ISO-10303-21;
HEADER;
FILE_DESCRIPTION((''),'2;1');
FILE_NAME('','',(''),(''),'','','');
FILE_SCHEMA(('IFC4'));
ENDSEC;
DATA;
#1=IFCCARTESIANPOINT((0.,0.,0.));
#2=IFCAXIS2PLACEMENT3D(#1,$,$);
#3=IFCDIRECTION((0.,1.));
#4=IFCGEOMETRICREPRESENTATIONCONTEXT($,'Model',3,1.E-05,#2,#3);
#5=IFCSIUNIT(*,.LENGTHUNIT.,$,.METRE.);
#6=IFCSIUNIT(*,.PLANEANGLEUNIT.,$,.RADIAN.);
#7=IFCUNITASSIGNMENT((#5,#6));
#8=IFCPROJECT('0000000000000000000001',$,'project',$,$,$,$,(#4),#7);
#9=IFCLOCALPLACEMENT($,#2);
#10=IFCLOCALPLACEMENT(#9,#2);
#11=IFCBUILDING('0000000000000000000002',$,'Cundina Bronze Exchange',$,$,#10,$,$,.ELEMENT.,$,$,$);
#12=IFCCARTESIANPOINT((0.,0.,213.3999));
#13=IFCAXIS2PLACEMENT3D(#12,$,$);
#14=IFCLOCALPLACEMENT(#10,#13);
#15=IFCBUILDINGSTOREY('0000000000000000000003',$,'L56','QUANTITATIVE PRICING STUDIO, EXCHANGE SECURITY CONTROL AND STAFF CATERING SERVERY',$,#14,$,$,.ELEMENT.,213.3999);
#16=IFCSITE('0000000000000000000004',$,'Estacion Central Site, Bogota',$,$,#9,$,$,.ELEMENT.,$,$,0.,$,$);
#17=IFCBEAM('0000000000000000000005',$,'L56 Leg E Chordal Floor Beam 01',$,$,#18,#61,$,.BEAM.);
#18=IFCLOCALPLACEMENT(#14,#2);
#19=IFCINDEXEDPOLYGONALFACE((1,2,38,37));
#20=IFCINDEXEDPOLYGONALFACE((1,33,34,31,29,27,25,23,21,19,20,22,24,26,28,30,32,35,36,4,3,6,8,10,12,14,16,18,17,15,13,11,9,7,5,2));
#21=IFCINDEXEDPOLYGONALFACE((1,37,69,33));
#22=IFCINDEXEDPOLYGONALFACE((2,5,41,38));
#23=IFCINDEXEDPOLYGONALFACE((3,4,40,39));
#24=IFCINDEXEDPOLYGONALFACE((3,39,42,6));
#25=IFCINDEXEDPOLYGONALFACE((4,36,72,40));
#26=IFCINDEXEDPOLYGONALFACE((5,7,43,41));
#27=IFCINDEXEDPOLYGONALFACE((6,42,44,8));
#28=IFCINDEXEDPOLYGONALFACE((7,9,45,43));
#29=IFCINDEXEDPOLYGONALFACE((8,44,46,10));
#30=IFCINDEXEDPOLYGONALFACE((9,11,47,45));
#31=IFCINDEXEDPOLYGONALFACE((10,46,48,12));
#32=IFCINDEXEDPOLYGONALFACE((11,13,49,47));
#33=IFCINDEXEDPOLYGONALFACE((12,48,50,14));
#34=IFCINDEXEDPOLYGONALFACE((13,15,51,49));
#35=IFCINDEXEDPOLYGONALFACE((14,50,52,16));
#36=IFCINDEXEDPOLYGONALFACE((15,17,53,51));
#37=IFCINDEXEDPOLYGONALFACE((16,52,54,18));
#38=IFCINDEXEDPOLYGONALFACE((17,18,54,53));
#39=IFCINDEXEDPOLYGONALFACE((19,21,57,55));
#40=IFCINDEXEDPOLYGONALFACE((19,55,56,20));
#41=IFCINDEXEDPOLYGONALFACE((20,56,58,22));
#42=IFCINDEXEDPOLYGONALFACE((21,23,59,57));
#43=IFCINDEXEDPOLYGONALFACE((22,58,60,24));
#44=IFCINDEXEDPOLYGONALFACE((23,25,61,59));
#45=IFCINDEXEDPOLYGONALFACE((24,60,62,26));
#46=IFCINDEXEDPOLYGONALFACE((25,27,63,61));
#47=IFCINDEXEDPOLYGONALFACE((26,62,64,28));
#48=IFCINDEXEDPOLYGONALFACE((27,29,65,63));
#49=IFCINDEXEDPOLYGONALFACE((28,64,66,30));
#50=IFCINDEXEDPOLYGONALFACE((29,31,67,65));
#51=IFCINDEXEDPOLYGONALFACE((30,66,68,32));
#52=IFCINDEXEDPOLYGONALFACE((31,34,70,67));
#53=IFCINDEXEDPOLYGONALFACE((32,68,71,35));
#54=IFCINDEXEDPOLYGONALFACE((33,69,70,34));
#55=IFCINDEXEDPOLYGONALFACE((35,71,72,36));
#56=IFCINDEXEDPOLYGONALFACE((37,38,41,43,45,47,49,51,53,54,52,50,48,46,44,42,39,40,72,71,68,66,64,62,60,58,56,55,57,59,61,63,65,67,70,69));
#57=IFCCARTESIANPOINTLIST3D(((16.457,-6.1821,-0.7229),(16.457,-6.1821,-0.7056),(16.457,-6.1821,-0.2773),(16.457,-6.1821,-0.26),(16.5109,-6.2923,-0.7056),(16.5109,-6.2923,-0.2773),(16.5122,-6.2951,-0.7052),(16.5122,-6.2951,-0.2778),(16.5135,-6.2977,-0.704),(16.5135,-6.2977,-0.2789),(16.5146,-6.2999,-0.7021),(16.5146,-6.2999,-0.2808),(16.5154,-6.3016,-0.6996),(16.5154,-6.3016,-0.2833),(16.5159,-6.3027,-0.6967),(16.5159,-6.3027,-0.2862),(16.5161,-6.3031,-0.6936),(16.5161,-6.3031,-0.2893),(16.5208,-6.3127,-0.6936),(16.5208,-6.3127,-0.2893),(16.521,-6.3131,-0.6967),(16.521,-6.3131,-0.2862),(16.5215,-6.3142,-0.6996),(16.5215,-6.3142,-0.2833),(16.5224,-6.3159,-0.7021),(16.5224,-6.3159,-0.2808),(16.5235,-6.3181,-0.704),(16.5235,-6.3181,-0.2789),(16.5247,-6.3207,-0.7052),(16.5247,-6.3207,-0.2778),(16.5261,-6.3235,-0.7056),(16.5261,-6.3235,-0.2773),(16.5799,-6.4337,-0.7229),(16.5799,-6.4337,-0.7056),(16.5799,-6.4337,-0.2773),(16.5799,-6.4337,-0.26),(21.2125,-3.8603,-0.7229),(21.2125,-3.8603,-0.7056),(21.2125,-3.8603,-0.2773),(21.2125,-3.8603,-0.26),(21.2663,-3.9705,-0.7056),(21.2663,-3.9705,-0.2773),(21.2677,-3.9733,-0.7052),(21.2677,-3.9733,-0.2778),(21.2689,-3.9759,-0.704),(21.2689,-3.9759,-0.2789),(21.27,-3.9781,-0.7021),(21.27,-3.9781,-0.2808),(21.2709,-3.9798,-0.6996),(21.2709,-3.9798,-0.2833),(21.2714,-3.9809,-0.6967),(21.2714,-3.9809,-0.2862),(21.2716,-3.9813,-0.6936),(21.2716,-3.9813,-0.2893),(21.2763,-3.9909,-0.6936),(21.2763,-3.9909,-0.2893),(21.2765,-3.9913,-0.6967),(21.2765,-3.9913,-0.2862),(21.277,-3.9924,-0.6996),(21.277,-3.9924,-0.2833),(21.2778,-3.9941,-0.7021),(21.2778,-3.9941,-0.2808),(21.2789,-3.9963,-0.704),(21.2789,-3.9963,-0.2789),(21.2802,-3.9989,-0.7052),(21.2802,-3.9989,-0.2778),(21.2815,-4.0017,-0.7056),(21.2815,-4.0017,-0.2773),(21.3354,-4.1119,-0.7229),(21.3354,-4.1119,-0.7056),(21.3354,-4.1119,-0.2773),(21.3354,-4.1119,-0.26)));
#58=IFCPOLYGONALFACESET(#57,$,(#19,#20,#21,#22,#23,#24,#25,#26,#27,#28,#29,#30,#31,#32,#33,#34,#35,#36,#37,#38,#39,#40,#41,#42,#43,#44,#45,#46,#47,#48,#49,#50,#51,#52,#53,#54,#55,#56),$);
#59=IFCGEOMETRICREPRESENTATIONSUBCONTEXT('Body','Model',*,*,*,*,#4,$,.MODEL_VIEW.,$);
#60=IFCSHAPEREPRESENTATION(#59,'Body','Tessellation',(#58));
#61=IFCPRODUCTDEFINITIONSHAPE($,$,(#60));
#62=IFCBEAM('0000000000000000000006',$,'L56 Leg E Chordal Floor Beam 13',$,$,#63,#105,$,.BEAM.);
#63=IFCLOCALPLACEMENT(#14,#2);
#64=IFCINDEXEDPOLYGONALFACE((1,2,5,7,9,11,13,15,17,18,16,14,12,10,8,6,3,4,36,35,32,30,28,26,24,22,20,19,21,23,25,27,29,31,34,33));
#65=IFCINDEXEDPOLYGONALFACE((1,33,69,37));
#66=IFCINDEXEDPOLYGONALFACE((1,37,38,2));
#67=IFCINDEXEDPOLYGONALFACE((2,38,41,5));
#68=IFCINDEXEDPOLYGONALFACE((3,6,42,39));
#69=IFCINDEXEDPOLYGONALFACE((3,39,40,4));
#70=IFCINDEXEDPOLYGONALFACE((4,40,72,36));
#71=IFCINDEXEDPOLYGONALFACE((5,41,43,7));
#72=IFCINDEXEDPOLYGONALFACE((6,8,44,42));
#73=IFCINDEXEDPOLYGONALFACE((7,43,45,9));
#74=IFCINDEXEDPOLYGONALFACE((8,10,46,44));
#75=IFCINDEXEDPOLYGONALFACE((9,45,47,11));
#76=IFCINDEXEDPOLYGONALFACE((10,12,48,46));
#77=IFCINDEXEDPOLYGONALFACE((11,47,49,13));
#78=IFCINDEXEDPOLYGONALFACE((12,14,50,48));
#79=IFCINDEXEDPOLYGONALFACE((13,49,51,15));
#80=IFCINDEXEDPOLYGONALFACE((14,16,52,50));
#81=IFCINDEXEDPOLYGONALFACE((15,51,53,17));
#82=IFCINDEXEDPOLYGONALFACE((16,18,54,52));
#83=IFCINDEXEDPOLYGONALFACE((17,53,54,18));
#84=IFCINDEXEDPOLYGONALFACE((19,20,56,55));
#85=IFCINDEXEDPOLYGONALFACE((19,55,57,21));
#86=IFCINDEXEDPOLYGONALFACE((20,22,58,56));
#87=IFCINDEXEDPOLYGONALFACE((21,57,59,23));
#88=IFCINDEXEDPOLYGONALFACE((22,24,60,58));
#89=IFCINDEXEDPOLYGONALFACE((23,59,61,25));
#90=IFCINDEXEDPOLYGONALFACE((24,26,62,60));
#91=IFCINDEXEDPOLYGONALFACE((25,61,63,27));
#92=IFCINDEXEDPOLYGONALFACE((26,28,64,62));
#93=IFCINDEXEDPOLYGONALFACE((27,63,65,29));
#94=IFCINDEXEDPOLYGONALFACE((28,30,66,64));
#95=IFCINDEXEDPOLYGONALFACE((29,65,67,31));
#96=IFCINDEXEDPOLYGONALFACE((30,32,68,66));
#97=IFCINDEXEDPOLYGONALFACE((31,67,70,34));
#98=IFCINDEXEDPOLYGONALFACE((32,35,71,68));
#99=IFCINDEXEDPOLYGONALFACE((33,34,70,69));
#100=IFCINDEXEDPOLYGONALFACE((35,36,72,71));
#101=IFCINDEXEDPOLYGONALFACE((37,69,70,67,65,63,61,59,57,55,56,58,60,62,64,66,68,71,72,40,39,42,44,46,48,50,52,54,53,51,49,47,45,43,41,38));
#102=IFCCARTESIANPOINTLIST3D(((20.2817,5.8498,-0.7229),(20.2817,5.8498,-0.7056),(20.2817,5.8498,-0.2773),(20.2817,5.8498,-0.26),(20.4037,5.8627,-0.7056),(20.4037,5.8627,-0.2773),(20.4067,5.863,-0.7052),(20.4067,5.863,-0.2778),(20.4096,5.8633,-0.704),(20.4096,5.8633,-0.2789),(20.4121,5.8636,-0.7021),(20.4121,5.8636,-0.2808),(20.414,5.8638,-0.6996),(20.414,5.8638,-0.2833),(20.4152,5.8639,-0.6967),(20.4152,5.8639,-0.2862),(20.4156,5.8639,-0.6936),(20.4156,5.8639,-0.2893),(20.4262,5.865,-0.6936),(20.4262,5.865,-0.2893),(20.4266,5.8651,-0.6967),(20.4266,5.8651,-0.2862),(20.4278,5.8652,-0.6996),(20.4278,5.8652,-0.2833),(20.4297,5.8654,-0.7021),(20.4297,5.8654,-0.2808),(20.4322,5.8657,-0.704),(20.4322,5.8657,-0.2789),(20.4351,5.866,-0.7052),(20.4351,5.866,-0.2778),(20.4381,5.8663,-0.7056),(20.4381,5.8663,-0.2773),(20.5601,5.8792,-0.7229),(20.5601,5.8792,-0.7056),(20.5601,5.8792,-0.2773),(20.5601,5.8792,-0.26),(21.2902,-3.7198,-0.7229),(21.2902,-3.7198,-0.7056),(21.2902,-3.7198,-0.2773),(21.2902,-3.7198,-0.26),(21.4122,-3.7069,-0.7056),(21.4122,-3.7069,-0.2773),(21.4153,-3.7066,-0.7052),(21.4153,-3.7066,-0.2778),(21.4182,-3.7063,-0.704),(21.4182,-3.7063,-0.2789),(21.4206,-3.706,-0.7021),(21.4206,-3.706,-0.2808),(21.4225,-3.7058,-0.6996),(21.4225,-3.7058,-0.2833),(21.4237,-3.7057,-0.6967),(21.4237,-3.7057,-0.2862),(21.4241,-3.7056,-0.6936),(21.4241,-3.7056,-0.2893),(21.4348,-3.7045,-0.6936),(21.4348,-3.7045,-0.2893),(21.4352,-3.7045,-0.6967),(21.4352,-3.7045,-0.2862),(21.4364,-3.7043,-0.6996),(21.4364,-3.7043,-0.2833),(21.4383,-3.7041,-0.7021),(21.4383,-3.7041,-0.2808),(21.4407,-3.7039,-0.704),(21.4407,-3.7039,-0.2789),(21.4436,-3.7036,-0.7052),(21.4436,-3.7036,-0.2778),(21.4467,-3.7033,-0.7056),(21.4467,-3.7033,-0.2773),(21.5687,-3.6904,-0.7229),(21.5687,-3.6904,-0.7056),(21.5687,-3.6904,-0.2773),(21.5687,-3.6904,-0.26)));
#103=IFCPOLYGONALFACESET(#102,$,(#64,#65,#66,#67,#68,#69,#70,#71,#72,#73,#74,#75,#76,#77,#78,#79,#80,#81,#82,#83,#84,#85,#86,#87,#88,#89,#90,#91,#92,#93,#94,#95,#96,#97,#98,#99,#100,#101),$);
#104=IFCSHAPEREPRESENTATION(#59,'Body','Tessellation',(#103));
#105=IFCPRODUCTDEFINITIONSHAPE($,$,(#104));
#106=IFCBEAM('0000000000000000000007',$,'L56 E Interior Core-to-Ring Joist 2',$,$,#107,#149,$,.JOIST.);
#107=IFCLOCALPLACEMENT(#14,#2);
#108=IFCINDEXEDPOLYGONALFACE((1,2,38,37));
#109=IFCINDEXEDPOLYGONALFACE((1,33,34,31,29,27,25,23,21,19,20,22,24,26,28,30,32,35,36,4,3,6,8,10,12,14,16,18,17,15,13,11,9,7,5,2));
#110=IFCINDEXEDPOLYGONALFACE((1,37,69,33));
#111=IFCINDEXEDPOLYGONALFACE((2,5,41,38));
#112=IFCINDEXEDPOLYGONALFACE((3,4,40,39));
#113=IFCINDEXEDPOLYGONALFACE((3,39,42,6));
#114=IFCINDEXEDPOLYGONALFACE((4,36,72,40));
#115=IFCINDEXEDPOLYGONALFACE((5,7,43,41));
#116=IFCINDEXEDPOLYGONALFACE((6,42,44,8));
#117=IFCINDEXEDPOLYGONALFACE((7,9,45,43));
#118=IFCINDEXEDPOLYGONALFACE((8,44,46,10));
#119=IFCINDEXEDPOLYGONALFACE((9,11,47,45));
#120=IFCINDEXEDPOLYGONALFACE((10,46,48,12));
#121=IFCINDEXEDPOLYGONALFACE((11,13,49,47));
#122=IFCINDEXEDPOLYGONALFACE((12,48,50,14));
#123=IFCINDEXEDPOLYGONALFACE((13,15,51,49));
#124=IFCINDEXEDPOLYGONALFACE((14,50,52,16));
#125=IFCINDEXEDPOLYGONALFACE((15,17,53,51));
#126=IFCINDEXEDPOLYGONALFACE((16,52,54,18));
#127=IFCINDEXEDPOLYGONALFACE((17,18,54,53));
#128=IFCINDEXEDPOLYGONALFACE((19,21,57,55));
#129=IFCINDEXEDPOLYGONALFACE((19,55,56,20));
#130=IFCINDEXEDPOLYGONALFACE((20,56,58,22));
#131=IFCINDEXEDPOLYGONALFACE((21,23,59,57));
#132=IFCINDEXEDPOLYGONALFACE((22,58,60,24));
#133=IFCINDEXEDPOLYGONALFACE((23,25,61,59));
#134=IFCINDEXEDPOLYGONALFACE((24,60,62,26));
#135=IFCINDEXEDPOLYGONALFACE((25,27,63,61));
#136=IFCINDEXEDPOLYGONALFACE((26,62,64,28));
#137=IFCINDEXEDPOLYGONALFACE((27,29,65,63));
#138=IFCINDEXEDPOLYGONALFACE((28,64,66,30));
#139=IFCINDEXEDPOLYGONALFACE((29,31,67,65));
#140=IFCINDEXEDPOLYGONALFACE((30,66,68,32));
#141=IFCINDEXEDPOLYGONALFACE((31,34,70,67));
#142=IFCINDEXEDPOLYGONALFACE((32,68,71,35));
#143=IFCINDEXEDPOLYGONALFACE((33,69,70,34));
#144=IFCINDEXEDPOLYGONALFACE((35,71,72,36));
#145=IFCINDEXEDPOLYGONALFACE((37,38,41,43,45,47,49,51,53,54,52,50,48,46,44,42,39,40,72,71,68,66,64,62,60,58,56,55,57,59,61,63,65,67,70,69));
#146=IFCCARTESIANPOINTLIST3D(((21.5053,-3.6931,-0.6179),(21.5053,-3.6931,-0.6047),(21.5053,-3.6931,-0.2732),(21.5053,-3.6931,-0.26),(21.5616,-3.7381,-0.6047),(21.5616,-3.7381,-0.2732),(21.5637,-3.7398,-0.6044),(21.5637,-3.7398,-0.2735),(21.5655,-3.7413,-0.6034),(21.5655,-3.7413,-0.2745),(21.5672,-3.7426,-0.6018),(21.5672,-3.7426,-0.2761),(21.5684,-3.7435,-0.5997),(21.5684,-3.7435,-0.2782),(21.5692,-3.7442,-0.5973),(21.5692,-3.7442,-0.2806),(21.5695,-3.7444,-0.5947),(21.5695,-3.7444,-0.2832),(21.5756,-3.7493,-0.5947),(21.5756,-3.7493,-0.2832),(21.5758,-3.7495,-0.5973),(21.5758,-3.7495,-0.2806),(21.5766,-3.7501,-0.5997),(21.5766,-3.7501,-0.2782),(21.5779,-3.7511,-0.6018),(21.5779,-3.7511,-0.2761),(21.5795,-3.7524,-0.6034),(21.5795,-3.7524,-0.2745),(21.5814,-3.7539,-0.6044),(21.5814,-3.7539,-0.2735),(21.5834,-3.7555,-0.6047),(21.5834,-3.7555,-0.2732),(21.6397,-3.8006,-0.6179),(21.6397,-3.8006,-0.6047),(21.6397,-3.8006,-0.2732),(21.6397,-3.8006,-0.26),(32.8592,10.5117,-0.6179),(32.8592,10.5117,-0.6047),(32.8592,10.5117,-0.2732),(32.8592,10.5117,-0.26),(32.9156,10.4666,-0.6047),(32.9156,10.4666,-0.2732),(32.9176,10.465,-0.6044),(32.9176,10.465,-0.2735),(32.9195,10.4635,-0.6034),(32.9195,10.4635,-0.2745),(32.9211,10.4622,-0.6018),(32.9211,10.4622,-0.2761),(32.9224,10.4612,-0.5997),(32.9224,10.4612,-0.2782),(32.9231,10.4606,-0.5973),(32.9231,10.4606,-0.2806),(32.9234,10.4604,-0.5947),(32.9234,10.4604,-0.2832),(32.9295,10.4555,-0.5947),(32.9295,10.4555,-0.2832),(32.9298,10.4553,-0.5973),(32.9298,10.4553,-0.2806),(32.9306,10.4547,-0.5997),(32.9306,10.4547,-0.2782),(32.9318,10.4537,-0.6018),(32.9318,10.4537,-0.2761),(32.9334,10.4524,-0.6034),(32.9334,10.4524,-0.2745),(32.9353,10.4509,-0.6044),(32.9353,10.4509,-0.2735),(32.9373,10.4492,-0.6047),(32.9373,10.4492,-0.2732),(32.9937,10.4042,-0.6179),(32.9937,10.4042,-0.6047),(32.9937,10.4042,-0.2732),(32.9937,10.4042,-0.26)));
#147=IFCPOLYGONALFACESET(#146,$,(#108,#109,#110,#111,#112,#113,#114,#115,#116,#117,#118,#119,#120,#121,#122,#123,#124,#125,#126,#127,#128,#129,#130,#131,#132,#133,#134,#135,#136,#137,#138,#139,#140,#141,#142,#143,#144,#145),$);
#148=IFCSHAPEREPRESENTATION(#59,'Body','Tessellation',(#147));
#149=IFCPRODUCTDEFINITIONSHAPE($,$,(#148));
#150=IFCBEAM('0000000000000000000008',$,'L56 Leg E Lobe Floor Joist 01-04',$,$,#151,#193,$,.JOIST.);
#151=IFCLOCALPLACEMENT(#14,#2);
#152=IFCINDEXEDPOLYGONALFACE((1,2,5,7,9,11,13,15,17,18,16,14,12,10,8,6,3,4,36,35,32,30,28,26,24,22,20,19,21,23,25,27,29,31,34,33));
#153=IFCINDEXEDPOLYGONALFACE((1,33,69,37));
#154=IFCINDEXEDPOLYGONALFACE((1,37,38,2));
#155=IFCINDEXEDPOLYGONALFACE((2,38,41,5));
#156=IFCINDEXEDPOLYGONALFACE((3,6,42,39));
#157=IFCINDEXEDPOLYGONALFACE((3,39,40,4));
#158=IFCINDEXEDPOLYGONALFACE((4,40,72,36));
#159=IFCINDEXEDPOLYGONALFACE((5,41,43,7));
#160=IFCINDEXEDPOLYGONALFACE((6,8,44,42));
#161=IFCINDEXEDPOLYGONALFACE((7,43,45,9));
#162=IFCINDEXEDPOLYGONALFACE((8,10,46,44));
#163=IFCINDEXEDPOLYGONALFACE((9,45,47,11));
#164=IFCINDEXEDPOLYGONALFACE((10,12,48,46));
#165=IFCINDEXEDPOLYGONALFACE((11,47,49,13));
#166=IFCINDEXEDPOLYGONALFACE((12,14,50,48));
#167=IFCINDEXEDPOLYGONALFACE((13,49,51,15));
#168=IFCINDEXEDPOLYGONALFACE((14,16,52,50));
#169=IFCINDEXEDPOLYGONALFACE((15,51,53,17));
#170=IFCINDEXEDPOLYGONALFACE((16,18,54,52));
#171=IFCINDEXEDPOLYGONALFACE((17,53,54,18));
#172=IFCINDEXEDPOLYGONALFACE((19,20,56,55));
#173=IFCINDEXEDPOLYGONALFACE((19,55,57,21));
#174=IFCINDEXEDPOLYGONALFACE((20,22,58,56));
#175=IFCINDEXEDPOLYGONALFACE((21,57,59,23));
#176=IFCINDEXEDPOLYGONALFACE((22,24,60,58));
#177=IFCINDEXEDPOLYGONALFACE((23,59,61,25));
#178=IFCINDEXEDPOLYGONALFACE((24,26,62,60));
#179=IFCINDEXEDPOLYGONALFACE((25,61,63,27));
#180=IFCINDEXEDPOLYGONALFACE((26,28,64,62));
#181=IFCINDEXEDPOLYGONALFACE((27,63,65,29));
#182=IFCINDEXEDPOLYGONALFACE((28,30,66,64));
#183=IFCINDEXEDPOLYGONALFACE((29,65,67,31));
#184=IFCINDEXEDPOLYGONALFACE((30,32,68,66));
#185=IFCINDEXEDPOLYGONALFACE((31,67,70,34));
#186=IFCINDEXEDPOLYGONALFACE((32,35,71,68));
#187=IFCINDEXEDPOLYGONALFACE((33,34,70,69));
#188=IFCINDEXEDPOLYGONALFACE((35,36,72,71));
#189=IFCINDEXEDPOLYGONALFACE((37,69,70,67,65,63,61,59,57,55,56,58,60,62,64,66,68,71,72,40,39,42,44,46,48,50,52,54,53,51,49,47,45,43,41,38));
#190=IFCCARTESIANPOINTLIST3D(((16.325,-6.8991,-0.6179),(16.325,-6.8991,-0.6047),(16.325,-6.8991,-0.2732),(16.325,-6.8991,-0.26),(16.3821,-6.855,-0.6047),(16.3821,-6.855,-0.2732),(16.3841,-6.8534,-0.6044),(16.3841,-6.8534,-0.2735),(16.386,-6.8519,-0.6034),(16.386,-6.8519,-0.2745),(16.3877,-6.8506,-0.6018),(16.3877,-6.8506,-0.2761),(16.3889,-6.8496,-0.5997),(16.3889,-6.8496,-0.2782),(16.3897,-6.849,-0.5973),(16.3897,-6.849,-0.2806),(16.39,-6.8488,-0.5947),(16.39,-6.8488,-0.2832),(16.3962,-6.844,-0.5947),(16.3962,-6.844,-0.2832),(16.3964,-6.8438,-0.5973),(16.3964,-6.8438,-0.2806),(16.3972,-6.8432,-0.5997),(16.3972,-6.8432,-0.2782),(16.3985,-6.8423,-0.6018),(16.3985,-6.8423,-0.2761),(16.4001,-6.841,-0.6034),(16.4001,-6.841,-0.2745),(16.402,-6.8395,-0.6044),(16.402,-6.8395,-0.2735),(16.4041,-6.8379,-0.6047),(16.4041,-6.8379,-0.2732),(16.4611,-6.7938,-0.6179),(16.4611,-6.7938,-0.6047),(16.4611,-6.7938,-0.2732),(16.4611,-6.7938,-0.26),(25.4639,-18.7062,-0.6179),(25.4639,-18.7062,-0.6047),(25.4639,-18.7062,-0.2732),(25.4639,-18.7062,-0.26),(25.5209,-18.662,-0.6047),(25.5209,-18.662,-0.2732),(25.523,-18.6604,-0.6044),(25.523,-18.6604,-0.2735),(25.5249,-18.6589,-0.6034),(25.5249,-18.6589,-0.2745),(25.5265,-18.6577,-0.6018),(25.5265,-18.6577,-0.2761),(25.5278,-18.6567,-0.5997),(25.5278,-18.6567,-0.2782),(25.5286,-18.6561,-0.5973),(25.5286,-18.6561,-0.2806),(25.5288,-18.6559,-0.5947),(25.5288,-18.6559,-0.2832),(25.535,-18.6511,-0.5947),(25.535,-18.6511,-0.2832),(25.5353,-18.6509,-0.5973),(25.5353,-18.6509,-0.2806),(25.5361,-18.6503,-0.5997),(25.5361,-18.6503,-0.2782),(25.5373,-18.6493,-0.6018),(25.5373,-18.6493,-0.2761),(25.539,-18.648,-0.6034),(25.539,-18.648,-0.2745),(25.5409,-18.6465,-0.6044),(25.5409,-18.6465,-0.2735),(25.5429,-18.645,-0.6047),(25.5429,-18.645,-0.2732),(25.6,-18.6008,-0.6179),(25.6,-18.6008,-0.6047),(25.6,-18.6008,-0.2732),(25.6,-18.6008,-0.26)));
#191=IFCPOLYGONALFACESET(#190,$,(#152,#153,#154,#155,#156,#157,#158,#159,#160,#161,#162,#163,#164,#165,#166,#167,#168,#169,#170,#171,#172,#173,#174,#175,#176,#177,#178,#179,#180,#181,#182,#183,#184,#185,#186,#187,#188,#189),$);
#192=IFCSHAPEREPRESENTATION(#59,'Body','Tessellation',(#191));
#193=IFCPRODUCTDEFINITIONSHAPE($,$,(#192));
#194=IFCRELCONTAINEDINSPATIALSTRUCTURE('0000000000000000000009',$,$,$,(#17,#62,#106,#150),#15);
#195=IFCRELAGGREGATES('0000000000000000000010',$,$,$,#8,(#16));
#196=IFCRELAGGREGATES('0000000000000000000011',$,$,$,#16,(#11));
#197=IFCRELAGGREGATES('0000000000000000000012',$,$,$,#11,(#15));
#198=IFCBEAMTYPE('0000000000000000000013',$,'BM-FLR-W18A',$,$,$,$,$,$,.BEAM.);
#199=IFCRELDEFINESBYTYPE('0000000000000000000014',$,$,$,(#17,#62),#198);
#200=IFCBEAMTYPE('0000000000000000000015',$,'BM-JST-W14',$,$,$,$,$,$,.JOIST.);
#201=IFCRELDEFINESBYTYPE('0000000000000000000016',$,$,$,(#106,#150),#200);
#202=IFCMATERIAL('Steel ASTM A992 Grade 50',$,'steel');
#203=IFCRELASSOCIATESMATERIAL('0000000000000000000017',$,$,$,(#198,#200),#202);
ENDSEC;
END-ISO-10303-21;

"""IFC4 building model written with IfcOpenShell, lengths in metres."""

from ifc_helpers import new_model, si_unit, direction, frame, origin, origin_2d, place, context, subcontext, project, spatial, i_section, extrude, material, material_profile, profile_set, type_object, element, save


model = new_model("IFC4")

# Units and contexts
model_context = context("Model", 3, precision=1e-05, world=origin(), true_north=direction((0.0, 1.0)))
body_context = subcontext(model_context, "Body", "Model", "MODEL_VIEW")
ifc_project = project(units=[si_unit("LENGTHUNIT", "METRE"), si_unit("PLANEANGLEUNIT", "RADIAN")], contexts=[model_context])

# Site, building, storey
site_placement = place(None, origin())
site = spatial("IfcSite", under=ifc_project, at=site_placement, Name="Estacion Central Site, Bogota", CompositionType="ELEMENT", RefElevation=0.0)
building_placement = place(site_placement, origin())
building = spatial("IfcBuilding", under=site, at=building_placement, Name="Cundina Bronze Exchange", CompositionType="ELEMENT")
storey_placement = place(building_placement, frame((0.0, 0.0, 213.3999)))
storey = spatial("IfcBuildingStorey", under=building, at=storey_placement, Name="L56", Description="QUANTITATIVE PRICING STUDIO, EXCHANGE SECURITY CONTROL AND STAFF CATERING SERVERY", CompositionType="ELEMENT", Elevation=213.3999)

# Shared definitions
ifc_material_1 = material(Name="Steel ASTM A992 Grade 50", Category="steel")

# Beams
ifc_material_profile_1 = material_profile(ifc_material_1, i_section(OverallWidth=0.28, OverallDepth=0.4629, WebThickness=0.0107, FlangeThickness=0.0173, FilletRadius=0.012, at=origin_2d()), Name="W18X76", Category="steel")
ifc_profile_set_1 = profile_set([ifc_material_profile_1], Name="Steel ASTM A992 Grade 50")
beam_type_1 = type_object("IfcBeamType", Name="BM-FLR-W18A", PredefinedType="BEAM", material=ifc_profile_set_1)
beam_1_placement = place(storey_placement, frame((21.2739, -3.9861, -0.4915), z_axis=(-0.898613, -0.438742, 0.0), x_axis=(0.438742, -0.898613, 0.0)))
element("IfcBeam", 1, at=beam_1_placement, inside=storey, type_object=beam_type_1, Name="L56 Leg E Chordal Floor Beam 01", PredefinedType="BEAM", context=body_context, shape_type="SweptSolid", body=[
    extrude(i_section(OverallWidth=0.28, OverallDepth=0.4629, WebThickness=0.0107, FlangeThickness=0.0173, FilletRadius=0.012, at=origin_2d()), origin(), (0.0, 0.0, 1.0), 5.292),
])
beam_2_placement = place(storey_placement, frame((21.4294, -3.7051, -0.4915), z_axis=(-0.10481, 0.994492, 0.0), x_axis=(-0.994492, -0.10481, 0.0)))
element("IfcBeam", 2, at=beam_2_placement, inside=storey, type_object=beam_type_1, Name="L56 Leg E Chordal Floor Beam 13", PredefinedType="BEAM", context=body_context, shape_type="SweptSolid", body=[
    extrude(i_section(OverallWidth=0.28, OverallDepth=0.4629, WebThickness=0.0107, FlangeThickness=0.0173, FilletRadius=0.012, at=origin_2d()), origin(), (0.0, 0.0, 1.0), 9.6226),
])
ifc_material_profile_2 = material_profile(ifc_material_1, i_section(OverallWidth=0.1721, OverallDepth=0.3579, WebThickness=0.0078, FlangeThickness=0.0132, FilletRadius=0.01, at=origin_2d()), Name="W14X38", Category="steel")
ifc_profile_set_2 = profile_set([ifc_material_profile_2], Name="Steel ASTM A992 Grade 50")
beam_type_2 = type_object("IfcBeamType", Name="BM-JST-W14", PredefinedType="JOIST", material=ifc_profile_set_2)
beam_3_placement = place(storey_placement, frame((21.5725, -3.7468, -0.439), z_axis=(0.624364, 0.781133, 0.0), x_axis=(-0.781133, 0.624364, 0.0)))
element("IfcBeam", 3, at=beam_3_placement, inside=storey, type_object=beam_type_2, Name="L56 E Interior Core-to-Ring Joist 2", PredefinedType="JOIST", context=body_context, shape_type="SweptSolid", body=[
    extrude(i_section(OverallWidth=0.1721, OverallDepth=0.3579, WebThickness=0.0078, FlangeThickness=0.0132, FilletRadius=0.01, at=origin_2d()), origin(), (0.0, 0.0, 1.0), 18.1848),
])
beam_4_placement = place(storey_placement, frame((16.3931, -6.8464, -0.439), z_axis=(0.612086, -0.790791, 0.0), x_axis=(0.790791, 0.612086, 0.0)))
element("IfcBeam", 4, at=beam_4_placement, inside=storey, type_object=beam_type_2, Name="L56 Leg E Lobe Floor Joist 01-04", PredefinedType="JOIST", context=body_context, shape_type="SweptSolid", body=[
    extrude(i_section(OverallWidth=0.1721, OverallDepth=0.3579, WebThickness=0.0078, FlangeThickness=0.0132, FilletRadius=0.01, at=origin_2d()), origin(), (0.0, 0.0, 1.0), 14.9307),
])

save(model, "model.ifc")
